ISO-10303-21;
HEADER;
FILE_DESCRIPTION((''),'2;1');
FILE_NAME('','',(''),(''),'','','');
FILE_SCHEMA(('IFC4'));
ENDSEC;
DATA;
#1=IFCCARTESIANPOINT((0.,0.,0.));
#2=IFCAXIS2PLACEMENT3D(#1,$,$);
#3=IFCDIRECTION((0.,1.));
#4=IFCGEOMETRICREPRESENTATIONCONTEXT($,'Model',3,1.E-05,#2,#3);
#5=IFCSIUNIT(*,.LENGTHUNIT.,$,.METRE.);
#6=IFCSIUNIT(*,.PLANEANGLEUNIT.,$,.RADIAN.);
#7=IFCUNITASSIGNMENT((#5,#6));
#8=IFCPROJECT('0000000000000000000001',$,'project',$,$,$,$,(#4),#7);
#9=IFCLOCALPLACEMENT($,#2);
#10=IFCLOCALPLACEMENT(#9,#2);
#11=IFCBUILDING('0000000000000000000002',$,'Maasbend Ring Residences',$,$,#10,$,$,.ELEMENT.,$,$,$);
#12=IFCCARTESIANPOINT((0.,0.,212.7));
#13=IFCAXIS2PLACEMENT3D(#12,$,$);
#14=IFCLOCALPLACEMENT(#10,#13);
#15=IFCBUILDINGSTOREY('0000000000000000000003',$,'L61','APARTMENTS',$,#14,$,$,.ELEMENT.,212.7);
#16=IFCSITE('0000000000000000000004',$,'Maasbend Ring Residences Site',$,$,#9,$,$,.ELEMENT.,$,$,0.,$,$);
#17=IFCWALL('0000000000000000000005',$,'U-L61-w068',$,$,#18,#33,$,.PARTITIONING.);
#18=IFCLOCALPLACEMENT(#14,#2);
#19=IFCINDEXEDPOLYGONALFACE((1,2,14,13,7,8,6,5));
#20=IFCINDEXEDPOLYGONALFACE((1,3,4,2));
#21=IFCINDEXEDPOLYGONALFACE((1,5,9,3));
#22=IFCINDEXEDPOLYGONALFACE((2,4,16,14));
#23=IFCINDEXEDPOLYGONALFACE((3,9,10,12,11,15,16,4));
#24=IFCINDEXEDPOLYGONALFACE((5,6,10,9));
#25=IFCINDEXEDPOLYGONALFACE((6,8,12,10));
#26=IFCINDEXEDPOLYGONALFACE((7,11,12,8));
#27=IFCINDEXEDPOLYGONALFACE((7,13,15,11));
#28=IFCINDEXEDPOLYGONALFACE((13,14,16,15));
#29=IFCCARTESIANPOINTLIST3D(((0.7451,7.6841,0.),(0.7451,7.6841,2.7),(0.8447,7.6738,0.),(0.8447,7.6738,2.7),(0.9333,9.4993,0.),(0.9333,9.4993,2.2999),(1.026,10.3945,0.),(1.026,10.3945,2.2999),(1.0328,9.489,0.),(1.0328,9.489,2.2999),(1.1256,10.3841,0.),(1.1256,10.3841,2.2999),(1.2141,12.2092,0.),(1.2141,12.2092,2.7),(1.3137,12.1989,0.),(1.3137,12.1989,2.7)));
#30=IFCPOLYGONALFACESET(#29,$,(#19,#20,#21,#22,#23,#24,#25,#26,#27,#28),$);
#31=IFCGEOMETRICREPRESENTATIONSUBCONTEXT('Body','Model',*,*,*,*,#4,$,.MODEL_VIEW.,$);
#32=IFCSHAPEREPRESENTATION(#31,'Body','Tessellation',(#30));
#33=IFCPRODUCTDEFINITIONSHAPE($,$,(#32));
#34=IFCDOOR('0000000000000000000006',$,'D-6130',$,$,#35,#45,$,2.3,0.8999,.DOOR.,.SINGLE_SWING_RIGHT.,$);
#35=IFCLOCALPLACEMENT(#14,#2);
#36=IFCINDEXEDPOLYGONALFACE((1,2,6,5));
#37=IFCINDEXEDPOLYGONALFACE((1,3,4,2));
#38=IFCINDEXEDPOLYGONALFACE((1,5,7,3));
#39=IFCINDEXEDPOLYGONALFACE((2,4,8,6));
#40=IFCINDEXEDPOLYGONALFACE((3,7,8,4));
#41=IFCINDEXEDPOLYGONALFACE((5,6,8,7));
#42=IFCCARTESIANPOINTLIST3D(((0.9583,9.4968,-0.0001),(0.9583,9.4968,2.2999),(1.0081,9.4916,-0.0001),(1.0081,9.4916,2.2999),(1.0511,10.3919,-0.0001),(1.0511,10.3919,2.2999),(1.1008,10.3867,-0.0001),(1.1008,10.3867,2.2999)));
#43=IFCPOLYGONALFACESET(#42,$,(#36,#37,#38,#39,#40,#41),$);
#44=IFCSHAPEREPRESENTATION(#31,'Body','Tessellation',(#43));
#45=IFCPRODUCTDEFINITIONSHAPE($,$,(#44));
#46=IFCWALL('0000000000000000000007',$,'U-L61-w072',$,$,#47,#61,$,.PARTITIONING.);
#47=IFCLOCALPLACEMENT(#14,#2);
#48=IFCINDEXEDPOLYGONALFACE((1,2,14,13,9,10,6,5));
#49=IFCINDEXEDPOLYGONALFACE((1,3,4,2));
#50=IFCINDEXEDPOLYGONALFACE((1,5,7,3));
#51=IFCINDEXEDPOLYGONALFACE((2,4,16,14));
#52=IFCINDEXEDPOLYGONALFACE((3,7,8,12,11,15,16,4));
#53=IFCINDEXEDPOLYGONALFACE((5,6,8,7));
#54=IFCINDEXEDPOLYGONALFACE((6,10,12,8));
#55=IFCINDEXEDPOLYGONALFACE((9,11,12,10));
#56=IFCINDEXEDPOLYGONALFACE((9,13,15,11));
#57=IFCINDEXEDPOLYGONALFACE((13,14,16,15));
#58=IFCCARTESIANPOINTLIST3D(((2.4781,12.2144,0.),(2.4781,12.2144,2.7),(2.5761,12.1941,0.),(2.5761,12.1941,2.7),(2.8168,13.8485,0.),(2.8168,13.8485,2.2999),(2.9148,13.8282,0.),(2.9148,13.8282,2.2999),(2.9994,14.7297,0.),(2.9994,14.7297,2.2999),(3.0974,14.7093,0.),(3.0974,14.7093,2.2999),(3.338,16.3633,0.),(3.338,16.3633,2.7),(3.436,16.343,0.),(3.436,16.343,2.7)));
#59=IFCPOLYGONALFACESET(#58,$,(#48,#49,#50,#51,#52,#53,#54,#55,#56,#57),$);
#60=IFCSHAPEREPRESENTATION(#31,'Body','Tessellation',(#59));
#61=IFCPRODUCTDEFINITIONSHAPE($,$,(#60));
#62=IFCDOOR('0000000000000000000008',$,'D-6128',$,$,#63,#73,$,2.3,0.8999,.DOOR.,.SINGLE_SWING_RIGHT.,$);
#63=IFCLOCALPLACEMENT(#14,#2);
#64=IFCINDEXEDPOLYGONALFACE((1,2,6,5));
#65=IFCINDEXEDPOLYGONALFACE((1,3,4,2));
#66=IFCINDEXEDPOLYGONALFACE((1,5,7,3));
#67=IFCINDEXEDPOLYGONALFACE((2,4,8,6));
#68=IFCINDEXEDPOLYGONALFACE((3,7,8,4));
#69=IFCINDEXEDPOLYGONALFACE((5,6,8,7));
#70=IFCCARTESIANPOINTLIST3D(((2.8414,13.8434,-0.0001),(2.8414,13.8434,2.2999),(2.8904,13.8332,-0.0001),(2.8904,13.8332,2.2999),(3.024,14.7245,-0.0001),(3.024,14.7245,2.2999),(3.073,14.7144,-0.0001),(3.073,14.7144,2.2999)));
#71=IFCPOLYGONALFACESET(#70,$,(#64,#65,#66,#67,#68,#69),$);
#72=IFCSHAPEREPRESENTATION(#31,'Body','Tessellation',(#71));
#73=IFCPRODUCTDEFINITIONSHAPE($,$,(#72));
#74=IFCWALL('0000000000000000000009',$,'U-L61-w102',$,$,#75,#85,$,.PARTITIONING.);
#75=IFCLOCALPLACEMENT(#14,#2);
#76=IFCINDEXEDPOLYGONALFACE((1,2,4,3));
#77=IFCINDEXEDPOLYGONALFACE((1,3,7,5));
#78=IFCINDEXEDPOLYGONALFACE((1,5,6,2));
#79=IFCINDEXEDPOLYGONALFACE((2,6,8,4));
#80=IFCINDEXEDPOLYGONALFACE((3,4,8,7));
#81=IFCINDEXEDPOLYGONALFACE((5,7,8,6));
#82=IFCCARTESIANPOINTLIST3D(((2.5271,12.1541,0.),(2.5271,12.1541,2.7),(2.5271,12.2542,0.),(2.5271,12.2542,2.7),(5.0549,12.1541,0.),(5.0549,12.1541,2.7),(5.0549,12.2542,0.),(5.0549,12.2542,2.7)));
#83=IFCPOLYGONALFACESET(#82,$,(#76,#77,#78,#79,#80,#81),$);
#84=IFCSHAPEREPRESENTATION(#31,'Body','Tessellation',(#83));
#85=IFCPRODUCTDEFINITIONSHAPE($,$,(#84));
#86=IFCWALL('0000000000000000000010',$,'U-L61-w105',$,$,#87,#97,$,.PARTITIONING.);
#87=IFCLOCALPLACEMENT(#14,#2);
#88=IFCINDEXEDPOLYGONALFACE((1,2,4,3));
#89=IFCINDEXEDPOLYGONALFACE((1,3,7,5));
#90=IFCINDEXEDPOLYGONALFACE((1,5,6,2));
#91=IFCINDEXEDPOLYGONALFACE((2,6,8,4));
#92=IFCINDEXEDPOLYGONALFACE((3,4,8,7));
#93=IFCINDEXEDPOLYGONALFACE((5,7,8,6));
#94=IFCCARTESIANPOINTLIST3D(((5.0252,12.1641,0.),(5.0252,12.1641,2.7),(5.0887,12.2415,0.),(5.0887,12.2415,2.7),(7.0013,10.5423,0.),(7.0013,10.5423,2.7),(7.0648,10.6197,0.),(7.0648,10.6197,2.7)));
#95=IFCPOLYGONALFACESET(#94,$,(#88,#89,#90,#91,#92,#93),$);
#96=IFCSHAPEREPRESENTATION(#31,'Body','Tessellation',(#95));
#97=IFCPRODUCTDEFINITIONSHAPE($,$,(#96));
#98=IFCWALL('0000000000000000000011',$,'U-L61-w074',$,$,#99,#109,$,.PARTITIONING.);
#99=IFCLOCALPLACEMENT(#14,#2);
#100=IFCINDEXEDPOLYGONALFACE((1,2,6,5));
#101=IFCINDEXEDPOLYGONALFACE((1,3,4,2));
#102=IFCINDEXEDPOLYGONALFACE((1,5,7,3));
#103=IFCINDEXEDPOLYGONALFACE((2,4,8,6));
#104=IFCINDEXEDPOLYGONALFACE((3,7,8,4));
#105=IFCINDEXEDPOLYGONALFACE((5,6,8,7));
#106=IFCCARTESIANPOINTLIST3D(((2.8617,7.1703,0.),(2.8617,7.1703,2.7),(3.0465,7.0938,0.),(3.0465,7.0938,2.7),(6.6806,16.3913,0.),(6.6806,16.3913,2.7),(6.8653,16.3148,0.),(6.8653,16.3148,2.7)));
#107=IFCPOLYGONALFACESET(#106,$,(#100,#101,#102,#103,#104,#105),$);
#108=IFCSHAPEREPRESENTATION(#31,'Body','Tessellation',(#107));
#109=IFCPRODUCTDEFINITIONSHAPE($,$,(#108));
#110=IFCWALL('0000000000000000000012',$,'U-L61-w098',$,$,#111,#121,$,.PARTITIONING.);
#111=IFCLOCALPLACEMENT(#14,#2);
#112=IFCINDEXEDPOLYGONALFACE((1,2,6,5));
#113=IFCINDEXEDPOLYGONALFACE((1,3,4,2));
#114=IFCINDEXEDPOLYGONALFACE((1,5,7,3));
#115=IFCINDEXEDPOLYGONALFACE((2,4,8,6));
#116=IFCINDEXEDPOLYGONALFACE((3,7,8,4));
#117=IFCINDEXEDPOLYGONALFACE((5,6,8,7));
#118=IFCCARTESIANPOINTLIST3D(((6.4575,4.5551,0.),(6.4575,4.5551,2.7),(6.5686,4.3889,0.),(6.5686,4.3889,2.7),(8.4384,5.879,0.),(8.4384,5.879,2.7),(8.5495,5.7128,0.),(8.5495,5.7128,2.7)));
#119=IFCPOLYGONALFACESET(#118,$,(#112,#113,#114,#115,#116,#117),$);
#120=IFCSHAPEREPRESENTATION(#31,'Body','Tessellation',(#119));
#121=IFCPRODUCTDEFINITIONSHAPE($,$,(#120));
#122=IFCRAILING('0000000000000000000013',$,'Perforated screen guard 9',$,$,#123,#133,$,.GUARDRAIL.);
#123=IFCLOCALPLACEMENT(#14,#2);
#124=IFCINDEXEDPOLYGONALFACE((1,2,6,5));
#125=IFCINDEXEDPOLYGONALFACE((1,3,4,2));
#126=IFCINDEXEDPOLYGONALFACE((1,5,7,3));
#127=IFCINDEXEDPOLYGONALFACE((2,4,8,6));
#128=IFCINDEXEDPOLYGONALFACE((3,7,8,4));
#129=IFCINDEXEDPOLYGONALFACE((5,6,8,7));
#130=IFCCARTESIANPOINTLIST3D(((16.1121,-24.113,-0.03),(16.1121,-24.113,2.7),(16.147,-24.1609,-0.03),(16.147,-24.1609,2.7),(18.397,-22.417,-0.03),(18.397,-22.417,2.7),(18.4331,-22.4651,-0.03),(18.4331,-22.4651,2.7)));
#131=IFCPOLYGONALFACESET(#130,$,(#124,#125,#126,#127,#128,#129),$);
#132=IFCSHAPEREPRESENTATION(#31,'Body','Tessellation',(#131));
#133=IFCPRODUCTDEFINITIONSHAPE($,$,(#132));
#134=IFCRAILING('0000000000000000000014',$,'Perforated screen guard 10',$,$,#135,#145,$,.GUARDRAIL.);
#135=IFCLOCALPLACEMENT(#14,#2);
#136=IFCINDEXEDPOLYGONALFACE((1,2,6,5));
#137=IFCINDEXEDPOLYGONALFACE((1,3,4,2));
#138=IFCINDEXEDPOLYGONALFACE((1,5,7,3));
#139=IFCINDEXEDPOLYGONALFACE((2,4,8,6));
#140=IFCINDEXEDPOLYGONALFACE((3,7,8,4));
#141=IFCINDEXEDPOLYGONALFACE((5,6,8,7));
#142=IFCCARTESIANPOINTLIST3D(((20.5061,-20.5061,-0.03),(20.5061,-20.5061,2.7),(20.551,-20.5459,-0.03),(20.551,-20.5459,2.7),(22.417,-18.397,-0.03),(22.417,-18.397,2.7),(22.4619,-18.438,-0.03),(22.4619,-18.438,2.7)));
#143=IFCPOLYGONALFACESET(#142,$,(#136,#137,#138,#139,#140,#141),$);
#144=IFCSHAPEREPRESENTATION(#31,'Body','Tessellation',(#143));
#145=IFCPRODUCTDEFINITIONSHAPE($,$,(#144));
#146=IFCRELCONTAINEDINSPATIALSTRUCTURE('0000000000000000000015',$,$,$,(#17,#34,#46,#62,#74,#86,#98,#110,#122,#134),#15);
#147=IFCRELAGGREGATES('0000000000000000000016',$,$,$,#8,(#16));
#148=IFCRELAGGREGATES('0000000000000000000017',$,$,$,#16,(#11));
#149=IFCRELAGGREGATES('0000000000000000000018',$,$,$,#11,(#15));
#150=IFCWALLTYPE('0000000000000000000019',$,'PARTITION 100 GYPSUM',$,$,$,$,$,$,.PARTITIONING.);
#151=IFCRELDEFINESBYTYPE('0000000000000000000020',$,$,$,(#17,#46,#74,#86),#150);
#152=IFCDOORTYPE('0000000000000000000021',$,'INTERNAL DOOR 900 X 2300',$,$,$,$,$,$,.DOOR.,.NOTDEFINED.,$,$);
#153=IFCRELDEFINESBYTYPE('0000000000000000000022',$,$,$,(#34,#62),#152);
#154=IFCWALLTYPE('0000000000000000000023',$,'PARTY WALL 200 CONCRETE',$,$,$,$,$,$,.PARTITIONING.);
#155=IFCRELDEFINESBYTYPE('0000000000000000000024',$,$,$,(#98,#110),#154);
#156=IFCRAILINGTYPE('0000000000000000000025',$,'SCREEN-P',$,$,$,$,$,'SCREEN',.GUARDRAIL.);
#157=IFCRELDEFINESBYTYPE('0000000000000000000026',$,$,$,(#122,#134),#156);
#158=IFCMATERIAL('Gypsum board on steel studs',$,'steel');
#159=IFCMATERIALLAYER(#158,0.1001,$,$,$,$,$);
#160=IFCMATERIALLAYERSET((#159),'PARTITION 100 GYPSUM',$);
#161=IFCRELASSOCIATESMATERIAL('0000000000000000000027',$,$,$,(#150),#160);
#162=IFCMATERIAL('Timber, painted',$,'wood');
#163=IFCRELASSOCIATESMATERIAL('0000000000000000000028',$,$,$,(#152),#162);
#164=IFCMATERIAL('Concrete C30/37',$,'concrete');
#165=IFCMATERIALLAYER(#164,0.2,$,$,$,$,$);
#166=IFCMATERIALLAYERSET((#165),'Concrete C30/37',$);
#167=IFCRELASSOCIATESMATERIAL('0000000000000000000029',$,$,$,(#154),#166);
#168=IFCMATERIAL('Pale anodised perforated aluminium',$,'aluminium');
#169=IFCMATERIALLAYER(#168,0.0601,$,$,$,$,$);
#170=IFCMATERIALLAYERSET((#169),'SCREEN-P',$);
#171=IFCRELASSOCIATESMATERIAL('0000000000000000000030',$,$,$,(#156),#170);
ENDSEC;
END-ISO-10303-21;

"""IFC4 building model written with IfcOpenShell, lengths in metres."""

from ifc_helpers import new_model, si_unit, direction, frame, frame_2d, origin, place, context, subcontext, project, spatial, polyline, rectangle, outline, extrude, material, layer, layer_set, type_object, element, fill, save


model = new_model("IFC4")

# Units and contexts
model_context = context("Model", 3, precision=1e-05, world=origin(), true_north=direction((0.0, 1.0)))
body_context = subcontext(model_context, "Body", "Model", "MODEL_VIEW")
ifc_project = project(units=[si_unit("LENGTHUNIT", "METRE"), si_unit("PLANEANGLEUNIT", "RADIAN")], contexts=[model_context])

# Site, building, storey
site_placement = place(None, origin())
site = spatial("IfcSite", under=ifc_project, at=site_placement, Name="Maasbend Ring Residences Site", CompositionType="ELEMENT", RefElevation=0.0)
building_placement = place(site_placement, origin())
building = spatial("IfcBuilding", under=site, at=building_placement, Name="Maasbend Ring Residences", CompositionType="ELEMENT")
storey_placement = place(building_placement, frame((0.0, 0.0, 212.7)))
storey = spatial("IfcBuildingStorey", under=building, at=storey_placement, Name="L61", Description="APARTMENTS", CompositionType="ELEMENT", Elevation=212.7)

# Walls, openings, doors
ifc_material_1 = material(Name="Gypsum board on steel studs", Category="steel")
ifc_layer_1 = layer(ifc_material_1, 0.1001)
ifc_layer_set_1 = layer_set([ifc_layer_1], Name="PARTITION 100 GYPSUM")
wall_type_1 = type_object("IfcWallType", Name="PARTITION 100 GYPSUM", PredefinedType="PARTITIONING", material=ifc_layer_set_1)
ifc_material_2 = material(Name="Timber, painted", Category="wood")
door_type = type_object("IfcDoorType", Name="INTERNAL DOOR 900 X 2300", OperationType="NOTDEFINED", PredefinedType="DOOR", material=ifc_material_2)
wall_1_placement = place(storey_placement, frame((0.7949, 7.679, 0.0), z_axis=(0.0, 0.0, 1.0), x_axis=(0.10309, 0.994672, 0.0)))
wall_1 = element("IfcWall", 1, at=wall_1_placement, inside=storey, type_object=wall_type_1, Name="U-L61-w068", PredefinedType="PARTITIONING", context=body_context, shape_type="SweptSolid", body=[
    extrude(rectangle(XDim=4.5493, YDim=0.1001, at=frame_2d((2.2747, 0.0))), origin(), (0.0, 0.0, 1.0), 2.7),
])
opening_1_placement = place(wall_1_placement, frame((1.825, 0.0, 0.0)))
opening_1 = element("IfcOpeningElement", 2, at=opening_1_placement, cuts=wall_1, PredefinedType="OPENING", context=body_context, shape_type="SweptSolid", body=[
    extrude(rectangle(XDim=0.8999, YDim=2.3, at=frame_2d((0.45, 1.1499))), frame((0.0, 0.0601, 0.0), z_axis=(0.0, -1.0, 0.0), x_axis=(1.0, 0.0, 0.0)), (0.0, 0.0, 1.0), 0.1201),
])
door_1_placement = place(opening_1_placement, origin())
door_1 = element("IfcDoor", 3, at=door_1_placement, inside=storey, type_object=door_type, Name="D-6130", OperationType="SINGLE_SWING_RIGHT", OverallHeight=2.3, OverallWidth=0.8999, PredefinedType="DOOR", context=body_context, shape_type="SweptSolid", body=[
    extrude(rectangle(XDim=0.8999, YDim=2.3, at=frame_2d((0.45, 1.1499))), frame((0.0, 0.0249, 0.0), z_axis=(0.0, -1.0, 0.0), x_axis=(1.0, 0.0, 0.0)), (0.0, 0.0, 1.0), 0.05),
])
fill(opening_1, door_1)
wall_2_placement = place(storey_placement, frame((2.5271, 12.2041, 0.0), z_axis=(0.0, 0.0, 1.0), x_axis=(0.202937, 0.979192, 0.0)))
wall_2 = element("IfcWall", 4, at=wall_2_placement, inside=storey, type_object=wall_type_1, Name="U-L61-w072", PredefinedType="PARTITIONING", context=body_context, shape_type="SweptSolid", body=[
    extrude(rectangle(XDim=4.2371, YDim=0.1001, at=frame_2d((2.1187, 0.0))), origin(), (0.0, 0.0, 1.0), 2.7),
])
opening_2_placement = place(wall_2_placement, frame((1.6689, 0.0, 0.0)))
opening_2 = element("IfcOpeningElement", 5, at=opening_2_placement, cuts=wall_2, PredefinedType="OPENING", context=body_context, shape_type="SweptSolid", body=[
    extrude(rectangle(XDim=0.8999, YDim=2.3, at=frame_2d((0.45, 1.1499))), frame((0.0, 0.0601, 0.0), z_axis=(0.0, -1.0, 0.0), x_axis=(1.0, 0.0, 0.0)), (0.0, 0.0, 1.0), 0.1201),
])
door_2_placement = place(opening_2_placement, origin())
door_2 = element("IfcDoor", 6, at=door_2_placement, inside=storey, type_object=door_type, Name="D-6128", OperationType="SINGLE_SWING_RIGHT", OverallHeight=2.3, OverallWidth=0.8999, PredefinedType="DOOR", context=body_context, shape_type="SweptSolid", body=[
    extrude(rectangle(XDim=0.8999, YDim=2.3, at=frame_2d((0.45, 1.1499))), frame((0.0, 0.0249, 0.0), z_axis=(0.0, -1.0, 0.0), x_axis=(1.0, 0.0, 0.0)), (0.0, 0.0, 1.0), 0.05),
])
fill(opening_2, door_2)

# Walls
wall_3_placement = place(storey_placement, frame((2.5271, 12.2041, 0.0), z_axis=(0.0, 0.0, 1.0), x_axis=(1.0, 0.0, 0.0)))
element("IfcWall", 7, at=wall_3_placement, inside=storey, type_object=wall_type_1, Name="U-L61-w102", PredefinedType="PARTITIONING", context=body_context, shape_type="SweptSolid", body=[
    extrude(rectangle(XDim=2.5278, YDim=0.1001, at=frame_2d((1.2639, 0.0))), origin(), (0.0, 0.0, 1.0), 2.7),
])
wall_4_placement = place(storey_placement, frame((5.0569, 12.2029, 0.0), z_axis=(0.0, 0.0, 1.0), x_axis=(0.772991, -0.634418, 0.0)))
element("IfcWall", 8, at=wall_4_placement, inside=storey, type_object=wall_type_1, Name="U-L61-w105", PredefinedType="PARTITIONING", context=body_context, shape_type="SweptSolid", body=[
    extrude(rectangle(XDim=2.5564, YDim=0.1001, at=frame_2d((1.2783, 0.0))), origin(), (0.0, 0.0, 1.0), 2.7),
])
ifc_material_3 = material(Name="Concrete C30/37", Category="concrete")
ifc_layer_2 = layer(ifc_material_3, 0.2)
ifc_layer_set_2 = layer_set([ifc_layer_2], Name="Concrete C30/37")
wall_type_2 = type_object("IfcWallType", Name="PARTY WALL 200 CONCRETE", PredefinedType="PARTITIONING", material=ifc_layer_set_2)
wall_5_placement = place(storey_placement, frame((2.9541, 7.1321, 0.0), z_axis=(0.0, 0.0, 1.0), x_axis=(0.382633, 0.923901, 0.0)))
element("IfcWall", 9, at=wall_5_placement, inside=storey, type_object=wall_type_2, Name="U-L61-w074", PredefinedType="PARTITIONING", context=body_context, shape_type="SweptSolid", body=[
    extrude(rectangle(XDim=9.9805, YDim=0.2, at=frame_2d((4.9902, 0.0))), origin(), (0.0, 0.0, 1.0), 2.7),
])
wall_6_placement = place(storey_placement, frame((6.5129, 4.4719, 0.0), z_axis=(0.0, 0.0, 1.0), x_axis=(0.831403, 0.555669, 0.0)))
element("IfcWall", 10, at=wall_6_placement, inside=storey, type_object=wall_type_2, Name="U-L61-w098", PredefinedType="PARTITIONING", context=body_context, shape_type="SweptSolid", body=[
    extrude(rectangle(XDim=2.3826, YDim=0.2, at=frame_2d((1.1914, 0.0))), origin(), (0.0, 0.0, 1.0), 2.7),
])

# Railings
ifc_material_4 = material(Name="Pale anodised perforated aluminium", Category="aluminium")
ifc_layer_3 = layer(ifc_material_4, 0.0601)
ifc_layer_set_3 = layer_set([ifc_layer_3], Name="SCREEN-P")
railing_type = type_object("IfcRailingType", Name="SCREEN-P", ElementType="SCREEN", PredefinedType="GUARDRAIL", material=ifc_layer_set_3)
railing_1_placement = place(storey_placement, frame((0.0, 0.0, -0.03)))
element("IfcRailing", 11, at=railing_1_placement, inside=storey, type_object=railing_type, Name="Perforated screen guard 9", PredefinedType="GUARDRAIL", context=body_context, shape_type="SweptSolid", body=[
    extrude(outline(polyline([(16.1121, -24.113), (18.397, -22.417), (18.4331, -22.4651), (16.147, -24.1609), (16.1121, -24.113)])), origin(), (0.0, 0.0, 1.0), 2.73),
])
railing_2_placement = place(storey_placement, frame((0.0, 0.0, -0.03)))
element("IfcRailing", 12, at=railing_2_placement, inside=storey, type_object=railing_type, Name="Perforated screen guard 10", PredefinedType="GUARDRAIL", context=body_context, shape_type="SweptSolid", body=[
    extrude(outline(polyline([(20.5061, -20.5061), (22.417, -18.397), (22.4619, -18.438), (20.551, -20.5459), (20.5061, -20.5061)])), origin(), (0.0, 0.0, 1.0), 2.73),
])

save(model, "model.ifc")
